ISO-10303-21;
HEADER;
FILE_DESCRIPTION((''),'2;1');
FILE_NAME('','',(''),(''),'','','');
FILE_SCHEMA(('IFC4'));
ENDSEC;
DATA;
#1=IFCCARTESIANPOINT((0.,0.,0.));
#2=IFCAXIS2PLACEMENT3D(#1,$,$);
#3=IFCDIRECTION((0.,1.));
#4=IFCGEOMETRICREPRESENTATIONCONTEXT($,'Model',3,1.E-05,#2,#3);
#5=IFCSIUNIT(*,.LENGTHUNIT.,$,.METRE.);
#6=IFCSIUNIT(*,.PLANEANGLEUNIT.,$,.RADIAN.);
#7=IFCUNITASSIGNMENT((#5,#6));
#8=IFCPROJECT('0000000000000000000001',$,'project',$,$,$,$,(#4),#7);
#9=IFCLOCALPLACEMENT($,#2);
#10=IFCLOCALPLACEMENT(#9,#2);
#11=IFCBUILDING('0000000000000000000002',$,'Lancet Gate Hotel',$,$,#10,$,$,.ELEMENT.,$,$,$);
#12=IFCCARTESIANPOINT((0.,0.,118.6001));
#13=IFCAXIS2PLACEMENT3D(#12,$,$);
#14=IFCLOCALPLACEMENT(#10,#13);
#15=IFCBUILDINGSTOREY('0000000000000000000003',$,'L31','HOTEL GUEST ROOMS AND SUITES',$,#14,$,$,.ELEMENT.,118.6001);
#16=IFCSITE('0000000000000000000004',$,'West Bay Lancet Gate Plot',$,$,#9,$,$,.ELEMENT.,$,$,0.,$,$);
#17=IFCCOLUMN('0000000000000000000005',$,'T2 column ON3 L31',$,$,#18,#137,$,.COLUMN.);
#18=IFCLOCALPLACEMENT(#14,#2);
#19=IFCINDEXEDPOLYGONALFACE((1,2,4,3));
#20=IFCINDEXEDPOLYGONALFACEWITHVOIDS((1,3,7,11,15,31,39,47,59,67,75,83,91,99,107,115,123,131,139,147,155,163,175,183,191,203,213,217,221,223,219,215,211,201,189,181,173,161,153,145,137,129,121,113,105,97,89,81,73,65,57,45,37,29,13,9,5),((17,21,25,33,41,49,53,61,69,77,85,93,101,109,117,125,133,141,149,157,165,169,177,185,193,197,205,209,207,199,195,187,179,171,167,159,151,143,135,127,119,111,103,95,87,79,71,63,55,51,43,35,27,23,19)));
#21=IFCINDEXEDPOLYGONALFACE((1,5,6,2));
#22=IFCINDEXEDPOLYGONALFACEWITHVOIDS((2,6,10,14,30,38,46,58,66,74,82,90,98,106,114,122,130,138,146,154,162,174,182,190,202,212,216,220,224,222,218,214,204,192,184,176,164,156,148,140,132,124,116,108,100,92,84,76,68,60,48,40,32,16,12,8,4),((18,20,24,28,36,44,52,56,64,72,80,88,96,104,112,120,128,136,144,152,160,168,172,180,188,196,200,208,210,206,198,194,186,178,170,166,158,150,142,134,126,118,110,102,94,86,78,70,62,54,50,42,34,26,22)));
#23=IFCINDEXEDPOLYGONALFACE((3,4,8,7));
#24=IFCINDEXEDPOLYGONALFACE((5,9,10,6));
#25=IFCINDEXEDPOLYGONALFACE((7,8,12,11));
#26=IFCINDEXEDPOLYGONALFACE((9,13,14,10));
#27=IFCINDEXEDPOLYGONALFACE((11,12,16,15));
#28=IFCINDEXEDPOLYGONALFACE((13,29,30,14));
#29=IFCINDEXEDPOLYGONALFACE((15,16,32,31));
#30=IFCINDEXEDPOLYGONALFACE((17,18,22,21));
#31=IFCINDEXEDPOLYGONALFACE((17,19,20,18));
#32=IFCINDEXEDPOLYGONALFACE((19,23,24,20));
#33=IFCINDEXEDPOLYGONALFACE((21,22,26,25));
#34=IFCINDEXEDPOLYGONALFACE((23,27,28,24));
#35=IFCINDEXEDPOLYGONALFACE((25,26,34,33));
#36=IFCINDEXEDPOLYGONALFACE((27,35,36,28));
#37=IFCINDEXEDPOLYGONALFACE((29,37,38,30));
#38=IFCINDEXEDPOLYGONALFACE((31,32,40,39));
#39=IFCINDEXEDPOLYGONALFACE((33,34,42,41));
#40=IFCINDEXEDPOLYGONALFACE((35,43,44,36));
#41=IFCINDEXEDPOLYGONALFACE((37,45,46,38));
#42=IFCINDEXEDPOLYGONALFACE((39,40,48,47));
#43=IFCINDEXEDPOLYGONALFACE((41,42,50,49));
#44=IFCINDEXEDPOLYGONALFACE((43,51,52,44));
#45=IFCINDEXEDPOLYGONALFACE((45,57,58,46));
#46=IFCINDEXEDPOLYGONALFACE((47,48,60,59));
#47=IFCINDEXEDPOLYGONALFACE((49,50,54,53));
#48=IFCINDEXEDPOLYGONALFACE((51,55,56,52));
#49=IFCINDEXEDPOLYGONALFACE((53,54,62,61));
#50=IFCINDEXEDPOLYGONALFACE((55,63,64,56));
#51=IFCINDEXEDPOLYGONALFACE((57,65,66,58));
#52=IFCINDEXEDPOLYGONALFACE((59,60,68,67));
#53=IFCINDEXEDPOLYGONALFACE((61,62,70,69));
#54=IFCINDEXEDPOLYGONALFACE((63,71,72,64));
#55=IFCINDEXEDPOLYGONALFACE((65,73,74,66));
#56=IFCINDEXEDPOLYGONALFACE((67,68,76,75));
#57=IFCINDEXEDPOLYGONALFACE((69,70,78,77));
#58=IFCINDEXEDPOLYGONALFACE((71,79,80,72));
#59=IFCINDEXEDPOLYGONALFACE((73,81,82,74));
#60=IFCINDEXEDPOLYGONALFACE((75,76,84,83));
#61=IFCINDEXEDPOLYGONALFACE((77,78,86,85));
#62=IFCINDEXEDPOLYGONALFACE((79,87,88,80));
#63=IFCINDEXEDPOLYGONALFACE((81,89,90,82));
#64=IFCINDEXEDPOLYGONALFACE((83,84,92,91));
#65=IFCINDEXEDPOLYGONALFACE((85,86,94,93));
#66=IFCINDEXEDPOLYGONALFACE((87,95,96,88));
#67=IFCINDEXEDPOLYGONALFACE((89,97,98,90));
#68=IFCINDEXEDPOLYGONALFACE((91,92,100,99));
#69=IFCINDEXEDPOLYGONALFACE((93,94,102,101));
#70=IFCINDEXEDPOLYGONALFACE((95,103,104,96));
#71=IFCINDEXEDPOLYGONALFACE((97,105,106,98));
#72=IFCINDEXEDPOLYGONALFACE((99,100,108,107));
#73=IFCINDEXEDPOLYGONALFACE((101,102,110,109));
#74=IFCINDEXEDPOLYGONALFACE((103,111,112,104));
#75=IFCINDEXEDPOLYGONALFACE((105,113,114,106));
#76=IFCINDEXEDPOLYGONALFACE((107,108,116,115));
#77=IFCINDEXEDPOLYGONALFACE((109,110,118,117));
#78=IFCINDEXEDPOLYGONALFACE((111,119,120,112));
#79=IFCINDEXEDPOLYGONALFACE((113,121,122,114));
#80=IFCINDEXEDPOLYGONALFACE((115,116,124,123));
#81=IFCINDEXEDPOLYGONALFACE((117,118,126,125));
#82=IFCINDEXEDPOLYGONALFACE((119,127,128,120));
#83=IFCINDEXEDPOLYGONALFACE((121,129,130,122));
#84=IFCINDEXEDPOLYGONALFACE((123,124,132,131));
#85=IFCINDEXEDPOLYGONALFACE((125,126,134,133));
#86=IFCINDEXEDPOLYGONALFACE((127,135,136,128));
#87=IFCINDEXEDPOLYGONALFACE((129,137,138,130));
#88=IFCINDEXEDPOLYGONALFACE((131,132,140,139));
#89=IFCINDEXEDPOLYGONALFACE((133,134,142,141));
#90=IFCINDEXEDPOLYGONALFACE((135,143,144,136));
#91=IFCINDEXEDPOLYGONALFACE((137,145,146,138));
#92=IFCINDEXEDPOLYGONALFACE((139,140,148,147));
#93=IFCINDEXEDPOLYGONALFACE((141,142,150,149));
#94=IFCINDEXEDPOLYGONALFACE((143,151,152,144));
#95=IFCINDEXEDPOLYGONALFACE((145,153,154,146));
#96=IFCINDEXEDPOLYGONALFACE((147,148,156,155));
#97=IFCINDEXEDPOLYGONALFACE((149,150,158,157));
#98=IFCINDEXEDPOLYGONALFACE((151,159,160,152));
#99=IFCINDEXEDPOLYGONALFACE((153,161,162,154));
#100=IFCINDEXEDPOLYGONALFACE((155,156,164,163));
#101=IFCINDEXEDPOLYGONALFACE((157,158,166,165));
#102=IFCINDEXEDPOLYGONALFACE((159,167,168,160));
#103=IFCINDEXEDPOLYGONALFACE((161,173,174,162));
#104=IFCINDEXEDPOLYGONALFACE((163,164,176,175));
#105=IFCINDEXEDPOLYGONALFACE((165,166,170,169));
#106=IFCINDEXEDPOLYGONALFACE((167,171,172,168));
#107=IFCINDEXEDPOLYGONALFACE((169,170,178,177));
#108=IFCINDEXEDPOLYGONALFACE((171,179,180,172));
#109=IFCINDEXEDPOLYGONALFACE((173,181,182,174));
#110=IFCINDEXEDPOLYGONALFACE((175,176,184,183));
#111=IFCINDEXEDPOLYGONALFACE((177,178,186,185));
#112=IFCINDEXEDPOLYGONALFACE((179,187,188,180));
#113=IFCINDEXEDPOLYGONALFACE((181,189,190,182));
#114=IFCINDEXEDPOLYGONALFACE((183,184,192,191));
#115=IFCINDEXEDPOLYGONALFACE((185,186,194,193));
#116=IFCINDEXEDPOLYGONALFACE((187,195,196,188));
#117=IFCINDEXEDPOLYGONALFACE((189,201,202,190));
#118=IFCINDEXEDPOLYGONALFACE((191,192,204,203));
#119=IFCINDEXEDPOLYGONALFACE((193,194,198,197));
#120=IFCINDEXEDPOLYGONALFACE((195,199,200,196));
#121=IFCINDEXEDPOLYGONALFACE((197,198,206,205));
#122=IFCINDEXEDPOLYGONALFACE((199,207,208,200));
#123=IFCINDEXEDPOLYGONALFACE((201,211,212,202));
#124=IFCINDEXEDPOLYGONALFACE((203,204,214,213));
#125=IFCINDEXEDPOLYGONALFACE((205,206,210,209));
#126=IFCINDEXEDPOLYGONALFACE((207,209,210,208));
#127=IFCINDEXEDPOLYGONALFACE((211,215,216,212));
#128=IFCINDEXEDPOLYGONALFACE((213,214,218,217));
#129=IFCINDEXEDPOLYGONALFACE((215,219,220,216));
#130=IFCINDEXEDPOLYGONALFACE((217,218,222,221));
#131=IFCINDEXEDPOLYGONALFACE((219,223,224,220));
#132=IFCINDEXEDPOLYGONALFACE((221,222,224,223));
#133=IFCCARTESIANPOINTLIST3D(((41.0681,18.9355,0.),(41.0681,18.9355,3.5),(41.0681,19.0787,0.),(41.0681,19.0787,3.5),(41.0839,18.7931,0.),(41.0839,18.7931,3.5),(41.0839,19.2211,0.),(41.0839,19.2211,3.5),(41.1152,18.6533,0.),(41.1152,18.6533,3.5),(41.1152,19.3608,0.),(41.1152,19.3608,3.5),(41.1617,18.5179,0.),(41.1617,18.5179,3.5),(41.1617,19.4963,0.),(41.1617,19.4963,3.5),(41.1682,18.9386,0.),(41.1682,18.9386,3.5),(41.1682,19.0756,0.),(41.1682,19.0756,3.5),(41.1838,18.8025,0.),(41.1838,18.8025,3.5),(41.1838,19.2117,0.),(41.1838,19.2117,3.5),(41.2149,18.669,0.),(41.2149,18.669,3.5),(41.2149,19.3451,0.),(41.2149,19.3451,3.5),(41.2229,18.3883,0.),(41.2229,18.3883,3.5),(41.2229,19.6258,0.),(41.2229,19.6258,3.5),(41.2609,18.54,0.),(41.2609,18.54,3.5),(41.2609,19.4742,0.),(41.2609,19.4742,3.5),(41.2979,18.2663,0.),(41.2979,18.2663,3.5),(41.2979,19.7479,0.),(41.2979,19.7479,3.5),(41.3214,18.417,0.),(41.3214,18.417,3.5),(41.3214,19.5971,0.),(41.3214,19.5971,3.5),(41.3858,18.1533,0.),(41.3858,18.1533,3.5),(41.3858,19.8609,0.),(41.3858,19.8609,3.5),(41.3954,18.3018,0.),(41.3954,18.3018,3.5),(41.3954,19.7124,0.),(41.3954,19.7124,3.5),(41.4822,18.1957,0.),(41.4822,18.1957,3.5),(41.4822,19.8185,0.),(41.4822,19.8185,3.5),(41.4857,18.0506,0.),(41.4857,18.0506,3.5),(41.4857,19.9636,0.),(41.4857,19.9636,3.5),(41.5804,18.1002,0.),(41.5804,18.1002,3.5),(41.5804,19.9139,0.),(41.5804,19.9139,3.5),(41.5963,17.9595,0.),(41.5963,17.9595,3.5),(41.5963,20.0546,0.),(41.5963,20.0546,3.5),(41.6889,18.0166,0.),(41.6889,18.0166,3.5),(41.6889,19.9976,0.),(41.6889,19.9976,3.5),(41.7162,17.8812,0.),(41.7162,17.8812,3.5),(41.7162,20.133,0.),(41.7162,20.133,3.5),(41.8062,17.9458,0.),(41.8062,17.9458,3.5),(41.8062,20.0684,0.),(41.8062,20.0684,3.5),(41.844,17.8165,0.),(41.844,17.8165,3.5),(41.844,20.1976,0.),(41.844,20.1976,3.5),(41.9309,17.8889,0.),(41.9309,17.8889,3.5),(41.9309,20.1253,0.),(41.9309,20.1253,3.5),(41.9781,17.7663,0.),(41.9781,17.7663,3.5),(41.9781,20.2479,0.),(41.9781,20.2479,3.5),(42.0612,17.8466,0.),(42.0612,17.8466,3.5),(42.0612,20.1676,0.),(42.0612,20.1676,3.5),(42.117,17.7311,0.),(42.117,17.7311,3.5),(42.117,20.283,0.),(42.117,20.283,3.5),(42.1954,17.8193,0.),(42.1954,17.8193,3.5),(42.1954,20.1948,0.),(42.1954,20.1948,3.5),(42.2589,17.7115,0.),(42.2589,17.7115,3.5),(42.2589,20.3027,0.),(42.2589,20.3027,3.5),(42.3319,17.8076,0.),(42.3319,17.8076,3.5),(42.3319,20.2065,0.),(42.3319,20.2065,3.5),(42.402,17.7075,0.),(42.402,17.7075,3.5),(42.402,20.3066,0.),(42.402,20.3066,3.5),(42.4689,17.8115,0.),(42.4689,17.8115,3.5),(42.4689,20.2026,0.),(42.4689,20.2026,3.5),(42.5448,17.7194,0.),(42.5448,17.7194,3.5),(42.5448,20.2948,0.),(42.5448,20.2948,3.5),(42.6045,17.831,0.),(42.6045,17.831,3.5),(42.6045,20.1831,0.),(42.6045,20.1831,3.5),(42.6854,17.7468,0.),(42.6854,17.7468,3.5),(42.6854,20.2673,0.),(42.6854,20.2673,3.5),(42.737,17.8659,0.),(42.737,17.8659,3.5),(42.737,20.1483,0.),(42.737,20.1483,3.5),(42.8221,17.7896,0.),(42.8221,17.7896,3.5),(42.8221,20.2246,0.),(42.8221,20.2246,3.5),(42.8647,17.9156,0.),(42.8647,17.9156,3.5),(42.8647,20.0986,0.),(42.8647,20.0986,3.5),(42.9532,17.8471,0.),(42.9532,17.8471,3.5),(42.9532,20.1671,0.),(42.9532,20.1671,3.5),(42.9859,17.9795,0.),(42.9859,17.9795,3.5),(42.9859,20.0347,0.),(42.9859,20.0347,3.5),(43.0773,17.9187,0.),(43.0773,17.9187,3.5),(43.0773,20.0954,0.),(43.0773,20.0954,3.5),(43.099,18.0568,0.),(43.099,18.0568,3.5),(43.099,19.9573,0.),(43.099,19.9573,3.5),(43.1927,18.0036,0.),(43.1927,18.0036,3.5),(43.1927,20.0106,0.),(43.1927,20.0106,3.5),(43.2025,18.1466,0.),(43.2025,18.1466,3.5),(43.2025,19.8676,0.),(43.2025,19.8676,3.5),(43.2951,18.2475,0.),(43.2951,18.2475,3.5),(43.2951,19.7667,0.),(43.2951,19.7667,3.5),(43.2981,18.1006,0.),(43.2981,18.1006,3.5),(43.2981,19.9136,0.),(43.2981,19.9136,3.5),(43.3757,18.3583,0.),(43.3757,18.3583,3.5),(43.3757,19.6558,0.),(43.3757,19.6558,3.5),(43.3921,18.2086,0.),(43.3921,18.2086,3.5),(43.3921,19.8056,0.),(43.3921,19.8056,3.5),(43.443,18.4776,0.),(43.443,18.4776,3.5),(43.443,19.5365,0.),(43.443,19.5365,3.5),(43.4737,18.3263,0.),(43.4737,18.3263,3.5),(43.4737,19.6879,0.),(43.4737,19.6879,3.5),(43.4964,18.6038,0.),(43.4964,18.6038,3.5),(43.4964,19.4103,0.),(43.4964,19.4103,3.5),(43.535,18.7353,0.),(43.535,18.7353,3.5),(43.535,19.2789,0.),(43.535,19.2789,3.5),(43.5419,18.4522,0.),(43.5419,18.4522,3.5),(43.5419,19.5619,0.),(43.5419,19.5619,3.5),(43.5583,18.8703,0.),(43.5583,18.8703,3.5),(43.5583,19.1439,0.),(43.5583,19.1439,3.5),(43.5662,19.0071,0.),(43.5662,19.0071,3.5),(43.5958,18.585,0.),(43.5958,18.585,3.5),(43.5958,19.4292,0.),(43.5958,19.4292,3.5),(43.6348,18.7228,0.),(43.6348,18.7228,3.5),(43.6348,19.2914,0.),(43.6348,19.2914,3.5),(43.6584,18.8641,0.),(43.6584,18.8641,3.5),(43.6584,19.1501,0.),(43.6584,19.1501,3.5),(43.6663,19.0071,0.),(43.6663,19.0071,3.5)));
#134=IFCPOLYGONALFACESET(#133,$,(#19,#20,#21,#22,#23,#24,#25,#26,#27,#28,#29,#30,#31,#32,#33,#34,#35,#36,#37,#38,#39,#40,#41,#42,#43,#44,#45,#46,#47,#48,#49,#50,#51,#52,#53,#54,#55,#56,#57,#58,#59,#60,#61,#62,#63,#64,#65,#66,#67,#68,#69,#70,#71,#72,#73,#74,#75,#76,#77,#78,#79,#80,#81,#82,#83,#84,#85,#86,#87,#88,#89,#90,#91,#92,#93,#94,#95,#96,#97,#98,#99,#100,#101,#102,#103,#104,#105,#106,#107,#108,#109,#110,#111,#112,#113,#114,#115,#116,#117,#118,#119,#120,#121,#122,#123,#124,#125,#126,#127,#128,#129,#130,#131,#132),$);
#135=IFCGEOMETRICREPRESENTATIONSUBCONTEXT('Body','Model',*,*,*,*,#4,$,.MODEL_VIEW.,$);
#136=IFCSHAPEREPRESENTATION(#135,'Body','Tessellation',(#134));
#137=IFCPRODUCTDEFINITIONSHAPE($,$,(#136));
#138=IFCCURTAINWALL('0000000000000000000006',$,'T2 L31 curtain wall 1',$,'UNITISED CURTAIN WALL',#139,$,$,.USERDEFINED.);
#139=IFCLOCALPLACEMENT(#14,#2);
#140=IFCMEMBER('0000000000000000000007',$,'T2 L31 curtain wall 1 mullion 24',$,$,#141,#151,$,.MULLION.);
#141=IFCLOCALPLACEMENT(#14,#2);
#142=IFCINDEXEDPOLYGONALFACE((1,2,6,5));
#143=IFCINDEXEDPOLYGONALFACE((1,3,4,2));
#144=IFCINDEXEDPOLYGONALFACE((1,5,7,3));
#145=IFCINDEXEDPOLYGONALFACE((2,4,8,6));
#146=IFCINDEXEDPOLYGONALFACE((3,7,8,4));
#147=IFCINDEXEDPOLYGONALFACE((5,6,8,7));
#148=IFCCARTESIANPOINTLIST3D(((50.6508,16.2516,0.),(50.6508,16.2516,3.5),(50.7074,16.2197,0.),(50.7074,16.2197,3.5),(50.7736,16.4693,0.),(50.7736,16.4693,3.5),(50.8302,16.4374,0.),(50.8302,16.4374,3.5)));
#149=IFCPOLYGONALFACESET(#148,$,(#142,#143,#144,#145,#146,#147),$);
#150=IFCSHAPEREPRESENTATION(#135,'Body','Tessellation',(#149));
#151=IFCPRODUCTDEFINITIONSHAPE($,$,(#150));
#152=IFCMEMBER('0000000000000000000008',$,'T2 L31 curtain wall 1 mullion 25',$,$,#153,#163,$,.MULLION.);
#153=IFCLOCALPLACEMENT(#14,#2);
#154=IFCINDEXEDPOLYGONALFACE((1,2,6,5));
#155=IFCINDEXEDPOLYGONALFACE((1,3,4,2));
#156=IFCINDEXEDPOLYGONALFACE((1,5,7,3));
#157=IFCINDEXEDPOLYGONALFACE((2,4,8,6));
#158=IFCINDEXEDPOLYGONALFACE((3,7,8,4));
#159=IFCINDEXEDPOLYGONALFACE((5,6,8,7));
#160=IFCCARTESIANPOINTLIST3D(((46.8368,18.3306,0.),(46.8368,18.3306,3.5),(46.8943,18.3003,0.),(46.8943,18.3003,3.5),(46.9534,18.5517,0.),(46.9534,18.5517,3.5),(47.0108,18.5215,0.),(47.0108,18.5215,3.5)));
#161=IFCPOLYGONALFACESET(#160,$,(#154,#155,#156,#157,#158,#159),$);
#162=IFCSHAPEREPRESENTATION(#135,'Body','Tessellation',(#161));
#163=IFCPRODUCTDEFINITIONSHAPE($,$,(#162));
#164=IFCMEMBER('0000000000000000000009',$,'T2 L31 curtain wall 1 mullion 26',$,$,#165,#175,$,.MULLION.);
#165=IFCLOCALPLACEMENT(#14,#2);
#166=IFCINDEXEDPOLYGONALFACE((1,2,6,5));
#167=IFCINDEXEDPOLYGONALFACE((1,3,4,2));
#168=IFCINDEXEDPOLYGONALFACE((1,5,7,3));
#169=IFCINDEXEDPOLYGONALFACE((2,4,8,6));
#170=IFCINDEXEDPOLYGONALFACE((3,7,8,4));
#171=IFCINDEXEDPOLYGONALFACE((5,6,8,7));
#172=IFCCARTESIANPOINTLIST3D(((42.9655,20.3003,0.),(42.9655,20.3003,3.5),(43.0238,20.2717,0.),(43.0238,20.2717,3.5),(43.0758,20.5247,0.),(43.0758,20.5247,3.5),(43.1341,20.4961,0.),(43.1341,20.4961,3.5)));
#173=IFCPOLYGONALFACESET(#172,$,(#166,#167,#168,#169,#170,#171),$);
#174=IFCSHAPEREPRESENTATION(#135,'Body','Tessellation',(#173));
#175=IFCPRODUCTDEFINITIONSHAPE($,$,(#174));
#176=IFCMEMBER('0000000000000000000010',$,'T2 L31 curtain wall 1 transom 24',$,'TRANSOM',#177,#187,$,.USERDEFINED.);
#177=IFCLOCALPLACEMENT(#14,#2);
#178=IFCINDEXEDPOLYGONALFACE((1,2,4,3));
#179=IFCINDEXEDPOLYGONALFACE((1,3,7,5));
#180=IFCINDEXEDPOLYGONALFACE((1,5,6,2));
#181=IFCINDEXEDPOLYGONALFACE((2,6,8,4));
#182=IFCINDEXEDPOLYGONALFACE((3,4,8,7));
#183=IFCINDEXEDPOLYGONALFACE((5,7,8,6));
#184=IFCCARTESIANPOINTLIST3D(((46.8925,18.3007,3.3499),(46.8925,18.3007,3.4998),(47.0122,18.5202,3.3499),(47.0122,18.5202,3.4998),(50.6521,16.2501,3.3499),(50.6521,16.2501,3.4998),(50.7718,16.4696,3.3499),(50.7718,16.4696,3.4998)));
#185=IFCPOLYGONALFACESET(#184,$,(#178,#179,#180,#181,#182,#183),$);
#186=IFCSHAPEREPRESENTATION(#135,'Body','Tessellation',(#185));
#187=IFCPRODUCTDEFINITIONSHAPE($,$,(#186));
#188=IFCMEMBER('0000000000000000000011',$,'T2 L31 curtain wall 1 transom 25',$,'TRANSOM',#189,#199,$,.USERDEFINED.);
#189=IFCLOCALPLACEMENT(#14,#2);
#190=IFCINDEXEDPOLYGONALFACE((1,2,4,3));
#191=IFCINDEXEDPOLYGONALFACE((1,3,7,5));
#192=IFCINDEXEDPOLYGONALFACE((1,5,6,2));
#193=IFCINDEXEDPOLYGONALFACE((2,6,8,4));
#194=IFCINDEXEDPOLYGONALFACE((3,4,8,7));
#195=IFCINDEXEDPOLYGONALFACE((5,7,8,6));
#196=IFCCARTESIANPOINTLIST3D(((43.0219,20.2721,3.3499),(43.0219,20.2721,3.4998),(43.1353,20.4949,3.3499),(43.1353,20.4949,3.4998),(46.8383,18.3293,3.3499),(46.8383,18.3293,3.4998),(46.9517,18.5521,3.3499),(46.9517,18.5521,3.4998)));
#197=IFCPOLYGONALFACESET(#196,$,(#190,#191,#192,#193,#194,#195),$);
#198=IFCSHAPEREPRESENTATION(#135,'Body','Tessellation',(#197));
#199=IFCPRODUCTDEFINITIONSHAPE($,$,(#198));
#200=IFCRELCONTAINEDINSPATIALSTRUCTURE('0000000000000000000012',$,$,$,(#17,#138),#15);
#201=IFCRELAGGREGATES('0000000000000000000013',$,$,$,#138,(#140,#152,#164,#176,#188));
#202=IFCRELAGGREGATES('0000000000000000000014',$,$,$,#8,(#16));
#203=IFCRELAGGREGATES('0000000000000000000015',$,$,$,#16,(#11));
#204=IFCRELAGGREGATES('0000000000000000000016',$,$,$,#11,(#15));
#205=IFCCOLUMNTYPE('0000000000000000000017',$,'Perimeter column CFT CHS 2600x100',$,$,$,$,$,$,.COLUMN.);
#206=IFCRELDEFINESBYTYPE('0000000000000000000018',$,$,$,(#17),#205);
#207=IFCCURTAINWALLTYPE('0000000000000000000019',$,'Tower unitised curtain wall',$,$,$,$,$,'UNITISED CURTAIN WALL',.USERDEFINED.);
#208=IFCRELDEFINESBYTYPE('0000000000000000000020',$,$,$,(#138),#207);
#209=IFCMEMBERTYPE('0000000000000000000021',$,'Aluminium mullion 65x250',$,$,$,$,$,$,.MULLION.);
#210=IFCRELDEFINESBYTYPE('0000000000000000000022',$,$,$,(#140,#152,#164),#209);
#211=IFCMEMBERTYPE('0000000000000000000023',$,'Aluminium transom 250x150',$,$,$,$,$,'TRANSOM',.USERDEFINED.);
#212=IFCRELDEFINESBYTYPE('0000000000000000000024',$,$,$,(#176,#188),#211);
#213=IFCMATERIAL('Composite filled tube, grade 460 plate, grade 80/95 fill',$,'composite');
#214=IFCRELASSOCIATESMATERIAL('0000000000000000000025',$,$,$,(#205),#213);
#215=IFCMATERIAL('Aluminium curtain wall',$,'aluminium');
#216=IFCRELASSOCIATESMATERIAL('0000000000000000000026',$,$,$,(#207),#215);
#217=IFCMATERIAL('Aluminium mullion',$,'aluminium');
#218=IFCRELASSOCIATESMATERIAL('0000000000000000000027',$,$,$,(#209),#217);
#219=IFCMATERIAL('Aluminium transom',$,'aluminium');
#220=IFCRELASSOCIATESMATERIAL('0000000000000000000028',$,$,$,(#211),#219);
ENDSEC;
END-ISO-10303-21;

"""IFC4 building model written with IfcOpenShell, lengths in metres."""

from ifc_helpers import new_model, si_unit, direction, frame, origin, origin_2d, place, context, subcontext, project, spatial, rectangle, hollow_circle, extrude, material, material_profile, profile_set, type_object, element, aggregate, save


model = new_model("IFC4")

# Units and contexts
model_context = context("Model", 3, precision=1e-05, world=origin(), true_north=direction((0.0, 1.0)))
body_context = subcontext(model_context, "Body", "Model", "MODEL_VIEW")
ifc_project = project(units=[si_unit("LENGTHUNIT", "METRE"), si_unit("PLANEANGLEUNIT", "RADIAN")], contexts=[model_context])

# Site, building, storey
site_placement = place(None, origin())
site = spatial("IfcSite", under=ifc_project, at=site_placement, Name="West Bay Lancet Gate Plot", CompositionType="ELEMENT", RefElevation=0.0)
building_placement = place(site_placement, origin())
building = spatial("IfcBuilding", under=site, at=building_placement, Name="Lancet Gate Hotel", CompositionType="ELEMENT")
storey_placement = place(building_placement, frame((0.0, 0.0, 118.6001)))
storey = spatial("IfcBuildingStorey", under=building, at=storey_placement, Name="L31", Description="HOTEL GUEST ROOMS AND SUITES", CompositionType="ELEMENT", Elevation=118.6001)

# Column
ifc_material_1 = material(Name="Composite filled tube, grade 460 plate, grade 80/95 fill", Category="composite")
ifc_material_profile_1 = material_profile(ifc_material_1, hollow_circle(Radius=1.3, WallThickness=0.1001, at=origin_2d()), Name="CHS 2600x100")
ifc_profile_set_1 = profile_set([ifc_material_profile_1], Name="Composite filled tube, grade 460 plate, grade 80/95 fill")
column_type = type_object("IfcColumnType", Name="Perimeter column CFT CHS 2600x100", PredefinedType="COLUMN", material=ifc_profile_set_1)
column_placement = place(storey_placement, frame((42.3662, 19.0071, 0.0), z_axis=(0.0, 0.0, 1.0), x_axis=(1.0, 0.0, 0.0)))
element("IfcColumn", 1, at=column_placement, inside=storey, type_object=column_type, Name="T2 column ON3 L31", PredefinedType="COLUMN", context=body_context, shape_type="SweptSolid", body=[
    extrude(hollow_circle(Radius=1.3, WallThickness=0.1001, at=origin_2d()), origin(), (0.0, 0.0, 1.0), 3.5),
])

# Curtain wall, members
ifc_material_2 = material(Name="Aluminium curtain wall", Category="aluminium")
curtain_wall_type = type_object("IfcCurtainWallType", Name="Tower unitised curtain wall", ElementType="UNITISED CURTAIN WALL", PredefinedType="USERDEFINED", material=ifc_material_2)
curtain_wall_placement = place(storey_placement, origin())
curtain_wall = element("IfcCurtainWall", 2, at=curtain_wall_placement, inside=storey, type_object=curtain_wall_type, Name="T2 L31 curtain wall 1", ObjectType="UNITISED CURTAIN WALL", PredefinedType="USERDEFINED")
ifc_material_3 = material(Name="Aluminium mullion", Category="aluminium")
ifc_material_profile_2 = material_profile(ifc_material_3, rectangle(XDim=0.0649, YDim=0.25, at=origin_2d()), Name="MULLION 65x250")
ifc_profile_set_2 = profile_set([ifc_material_profile_2], Name="Aluminium mullion")
member_type_1 = type_object("IfcMemberType", Name="Aluminium mullion 65x250", PredefinedType="MULLION", material=ifc_profile_set_2)
member_1_placement = place(storey_placement, frame((50.7405, 16.3445, 0.0), z_axis=(0.0, 0.0, 1.0), x_axis=(-0.871029, 0.491232, 0.0)))
member_1 = element("IfcMember", 3, at=member_1_placement, type_object=member_type_1, Name="T2 L31 curtain wall 1 mullion 24", PredefinedType="MULLION", context=body_context, shape_type="SweptSolid", body=[
    extrude(rectangle(XDim=0.0649, YDim=0.25, at=origin_2d()), origin(), (0.0, 0.0, 1.0), 3.5),
])
member_2_placement = place(storey_placement, frame((46.9238, 18.426, 0.0), z_axis=(0.0, 0.0, 1.0), x_axis=(-0.884627, 0.466299, 0.0)))
member_2 = element("IfcMember", 4, at=member_2_placement, type_object=member_type_1, Name="T2 L31 curtain wall 1 mullion 25", PredefinedType="MULLION", context=body_context, shape_type="SweptSolid", body=[
    extrude(rectangle(XDim=0.0649, YDim=0.25, at=origin_2d()), origin(), (0.0, 0.0, 1.0), 3.5),
])
member_3_placement = place(storey_placement, frame((43.0498, 20.3982, 0.0), z_axis=(0.0, 0.0, 1.0), x_axis=(-0.897512, 0.44099, 0.0)))
member_3 = element("IfcMember", 5, at=member_3_placement, type_object=member_type_1, Name="T2 L31 curtain wall 1 mullion 26", PredefinedType="MULLION", context=body_context, shape_type="SweptSolid", body=[
    extrude(rectangle(XDim=0.0649, YDim=0.25, at=origin_2d()), origin(), (0.0, 0.0, 1.0), 3.5),
])
ifc_material_4 = material(Name="Aluminium transom", Category="aluminium")
ifc_material_profile_3 = material_profile(ifc_material_4, rectangle(XDim=0.25, YDim=0.1499, at=origin_2d()), Name="TRANSOM 250x150")
ifc_profile_set_3 = profile_set([ifc_material_profile_3], Name="Aluminium transom")
member_type_2 = type_object("IfcMemberType", Name="Aluminium transom 250x150", ElementType="TRANSOM", PredefinedType="USERDEFINED", material=ifc_profile_set_3)
member_4_placement = place(storey_placement, frame((50.7119, 16.3599, 3.4248), z_axis=(-0.877906, 0.478832, 0.0), x_axis=(-0.478832, -0.877906, 0.0)))
member_4 = element("IfcMember", 6, at=member_4_placement, type_object=member_type_2, Name="T2 L31 curtain wall 1 transom 24", ObjectType="TRANSOM", PredefinedType="USERDEFINED", context=body_context, shape_type="SweptSolid", body=[
    extrude(rectangle(XDim=0.25, YDim=0.1499, at=origin_2d()), origin(), (0.0, 0.0, 1.0), 4.2825),
])
member_5_placement = place(storey_placement, frame((46.895, 18.4407, 3.4248), z_axis=(-0.891166, 0.453678, 0.0), x_axis=(-0.453678, -0.891166, 0.0)))
member_5 = element("IfcMember", 7, at=member_5_placement, type_object=member_type_2, Name="T2 L31 curtain wall 1 transom 25", ObjectType="TRANSOM", PredefinedType="USERDEFINED", context=body_context, shape_type="SweptSolid", body=[
    extrude(rectangle(XDim=0.25, YDim=0.1499, at=origin_2d()), origin(), (0.0, 0.0, 1.0), 4.2825),
])

aggregate(curtain_wall, [member_1, member_2, member_3, member_4, member_5])

save(model, "model.ifc")
